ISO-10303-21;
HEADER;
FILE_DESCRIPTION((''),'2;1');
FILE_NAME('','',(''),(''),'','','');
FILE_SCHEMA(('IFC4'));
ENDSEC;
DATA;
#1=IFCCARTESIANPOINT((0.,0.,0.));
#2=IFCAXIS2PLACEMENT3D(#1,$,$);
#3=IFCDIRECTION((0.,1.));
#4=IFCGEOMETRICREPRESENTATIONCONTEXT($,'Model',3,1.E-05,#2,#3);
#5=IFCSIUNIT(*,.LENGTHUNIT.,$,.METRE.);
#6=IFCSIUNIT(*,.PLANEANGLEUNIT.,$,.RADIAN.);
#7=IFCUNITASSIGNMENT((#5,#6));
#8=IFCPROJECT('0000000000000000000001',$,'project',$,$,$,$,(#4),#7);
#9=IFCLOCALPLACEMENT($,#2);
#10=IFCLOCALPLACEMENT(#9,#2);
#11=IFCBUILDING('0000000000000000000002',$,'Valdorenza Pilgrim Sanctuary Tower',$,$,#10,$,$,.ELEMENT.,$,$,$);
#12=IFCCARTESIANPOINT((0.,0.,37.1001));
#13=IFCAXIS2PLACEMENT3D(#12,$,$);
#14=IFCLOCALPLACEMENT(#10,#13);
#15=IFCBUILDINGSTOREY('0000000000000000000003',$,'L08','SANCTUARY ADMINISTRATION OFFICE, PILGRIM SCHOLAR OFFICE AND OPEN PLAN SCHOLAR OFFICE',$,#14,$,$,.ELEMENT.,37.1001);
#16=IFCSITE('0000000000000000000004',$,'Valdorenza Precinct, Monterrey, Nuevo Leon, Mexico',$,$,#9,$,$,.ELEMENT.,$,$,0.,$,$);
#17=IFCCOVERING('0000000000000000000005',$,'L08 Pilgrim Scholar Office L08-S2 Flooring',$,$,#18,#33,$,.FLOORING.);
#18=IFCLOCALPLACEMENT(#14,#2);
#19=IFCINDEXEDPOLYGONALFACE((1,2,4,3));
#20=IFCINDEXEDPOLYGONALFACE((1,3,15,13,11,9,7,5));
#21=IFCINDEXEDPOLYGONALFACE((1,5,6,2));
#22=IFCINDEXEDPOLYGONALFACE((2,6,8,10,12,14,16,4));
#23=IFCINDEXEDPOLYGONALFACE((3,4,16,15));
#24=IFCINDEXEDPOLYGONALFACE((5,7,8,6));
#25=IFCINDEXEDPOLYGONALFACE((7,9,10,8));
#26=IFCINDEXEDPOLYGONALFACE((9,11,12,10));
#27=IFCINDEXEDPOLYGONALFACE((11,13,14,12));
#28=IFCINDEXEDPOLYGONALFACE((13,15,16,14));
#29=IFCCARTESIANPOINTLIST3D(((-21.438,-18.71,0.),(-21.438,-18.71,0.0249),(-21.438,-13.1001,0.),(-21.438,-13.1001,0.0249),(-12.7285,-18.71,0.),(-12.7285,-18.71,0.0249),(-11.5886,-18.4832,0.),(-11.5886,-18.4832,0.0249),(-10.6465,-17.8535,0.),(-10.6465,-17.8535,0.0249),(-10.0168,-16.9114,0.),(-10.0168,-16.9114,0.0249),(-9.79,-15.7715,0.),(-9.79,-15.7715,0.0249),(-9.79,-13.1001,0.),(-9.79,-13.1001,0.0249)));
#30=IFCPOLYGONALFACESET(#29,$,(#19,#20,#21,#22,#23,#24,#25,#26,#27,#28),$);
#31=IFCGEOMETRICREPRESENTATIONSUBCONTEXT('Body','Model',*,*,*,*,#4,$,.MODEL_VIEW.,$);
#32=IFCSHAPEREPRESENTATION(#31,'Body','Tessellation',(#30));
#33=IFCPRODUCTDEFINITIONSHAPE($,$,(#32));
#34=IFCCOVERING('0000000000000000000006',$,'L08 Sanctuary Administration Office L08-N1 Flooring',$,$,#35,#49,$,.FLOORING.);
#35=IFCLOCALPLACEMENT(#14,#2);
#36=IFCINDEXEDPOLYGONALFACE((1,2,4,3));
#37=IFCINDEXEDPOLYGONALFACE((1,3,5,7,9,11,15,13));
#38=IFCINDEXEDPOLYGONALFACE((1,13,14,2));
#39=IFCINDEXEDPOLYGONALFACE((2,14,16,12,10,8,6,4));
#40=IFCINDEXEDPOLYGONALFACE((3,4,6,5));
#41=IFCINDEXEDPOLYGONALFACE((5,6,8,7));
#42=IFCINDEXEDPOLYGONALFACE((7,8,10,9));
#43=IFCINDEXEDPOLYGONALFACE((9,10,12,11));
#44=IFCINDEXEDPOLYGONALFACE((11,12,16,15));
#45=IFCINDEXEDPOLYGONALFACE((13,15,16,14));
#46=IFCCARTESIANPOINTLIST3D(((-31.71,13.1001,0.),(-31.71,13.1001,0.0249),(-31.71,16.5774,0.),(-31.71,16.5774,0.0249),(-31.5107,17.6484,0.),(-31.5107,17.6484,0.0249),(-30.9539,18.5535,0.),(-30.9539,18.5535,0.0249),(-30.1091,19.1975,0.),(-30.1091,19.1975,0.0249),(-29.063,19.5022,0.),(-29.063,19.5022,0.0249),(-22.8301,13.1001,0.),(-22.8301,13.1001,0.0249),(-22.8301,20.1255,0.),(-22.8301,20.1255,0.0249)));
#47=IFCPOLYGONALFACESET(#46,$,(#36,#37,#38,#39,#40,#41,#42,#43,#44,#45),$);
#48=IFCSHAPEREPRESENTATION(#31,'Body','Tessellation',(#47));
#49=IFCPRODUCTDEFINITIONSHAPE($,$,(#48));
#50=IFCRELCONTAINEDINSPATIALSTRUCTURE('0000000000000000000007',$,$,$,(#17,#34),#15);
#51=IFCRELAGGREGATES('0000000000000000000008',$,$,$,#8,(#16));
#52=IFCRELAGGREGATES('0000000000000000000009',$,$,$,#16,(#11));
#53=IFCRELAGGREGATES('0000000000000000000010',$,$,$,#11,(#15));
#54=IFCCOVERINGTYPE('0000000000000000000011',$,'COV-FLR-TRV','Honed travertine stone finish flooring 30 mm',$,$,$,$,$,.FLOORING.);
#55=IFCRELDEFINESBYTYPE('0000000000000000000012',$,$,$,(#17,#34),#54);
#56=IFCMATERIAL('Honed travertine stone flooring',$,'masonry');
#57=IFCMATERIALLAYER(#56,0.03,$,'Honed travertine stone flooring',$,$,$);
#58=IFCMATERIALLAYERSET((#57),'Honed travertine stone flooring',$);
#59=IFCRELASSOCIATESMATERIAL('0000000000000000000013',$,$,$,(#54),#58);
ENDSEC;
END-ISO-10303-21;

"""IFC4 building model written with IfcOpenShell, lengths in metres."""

from ifc_helpers import new_model, si_unit, direction, frame, origin, place, context, subcontext, project, spatial, polyline, outline, extrude, material, layer, layer_set, type_object, element, save


model = new_model("IFC4")

# Units and contexts
model_context = context("Model", 3, precision=1e-05, world=origin(), true_north=direction((0.0, 1.0)))
body_context = subcontext(model_context, "Body", "Model", "MODEL_VIEW")
ifc_project = project(units=[si_unit("LENGTHUNIT", "METRE"), si_unit("PLANEANGLEUNIT", "RADIAN")], contexts=[model_context])

# Site, building, storey
site_placement = place(None, origin())
site = spatial("IfcSite", under=ifc_project, at=site_placement, Name="Valdorenza Precinct, Monterrey, Nuevo Leon, Mexico", CompositionType="ELEMENT", RefElevation=0.0)
building_placement = place(site_placement, origin())
building = spatial("IfcBuilding", under=site, at=building_placement, Name="Valdorenza Pilgrim Sanctuary Tower", CompositionType="ELEMENT")
storey_placement = place(building_placement, frame((0.0, 0.0, 37.1001)))
storey = spatial("IfcBuildingStorey", under=building, at=storey_placement, Name="L08", Description="SANCTUARY ADMINISTRATION OFFICE, PILGRIM SCHOLAR OFFICE AND OPEN PLAN SCHOLAR OFFICE", CompositionType="ELEMENT", Elevation=37.1001)

# Coverings
ifc_material_1 = material(Name="Honed travertine stone flooring", Category="masonry")
ifc_layer_1 = layer(ifc_material_1, 0.03, Name="Honed travertine stone flooring")
ifc_layer_set_1 = layer_set([ifc_layer_1], Name="Honed travertine stone flooring")
covering_type_1 = type_object("IfcCoveringType", Name="COV-FLR-TRV", Description="Honed travertine stone finish flooring 30 mm", PredefinedType="FLOORING", material=ifc_layer_set_1)
covering_1_placement = place(storey_placement, origin())
element("IfcCovering", 1, at=covering_1_placement, inside=storey, type_object=covering_type_1, Name="L08 Pilgrim Scholar Office L08-S2 Flooring", PredefinedType="FLOORING", context=body_context, shape_type="SweptSolid", body=[
    extrude(outline(polyline([(-9.79, -13.1001), (-9.79, -15.7715), (-10.0168, -16.9114), (-10.6465, -17.8535), (-11.5886, -18.4832), (-12.7285, -18.71), (-21.438, -18.71), (-21.438, -13.1001), (-9.79, -13.1001)])), origin(), (0.0, 0.0, 1.0), 0.0249),
])
covering_2_placement = place(storey_placement, origin())
element("IfcCovering", 2, at=covering_2_placement, inside=storey, type_object=covering_type_1, Name="L08 Sanctuary Administration Office L08-N1 Flooring", PredefinedType="FLOORING", context=body_context, shape_type="SweptSolid", body=[
    extrude(outline(polyline([(-31.71, 13.1001), (-31.71, 16.5774), (-31.5107, 17.6484), (-30.9539, 18.5535), (-30.1091, 19.1975), (-29.063, 19.5022), (-22.8301, 20.1255), (-22.8301, 13.1001), (-31.71, 13.1001)])), origin(), (0.0, 0.0, 1.0), 0.0249),
])

save(model, "model.ifc")
